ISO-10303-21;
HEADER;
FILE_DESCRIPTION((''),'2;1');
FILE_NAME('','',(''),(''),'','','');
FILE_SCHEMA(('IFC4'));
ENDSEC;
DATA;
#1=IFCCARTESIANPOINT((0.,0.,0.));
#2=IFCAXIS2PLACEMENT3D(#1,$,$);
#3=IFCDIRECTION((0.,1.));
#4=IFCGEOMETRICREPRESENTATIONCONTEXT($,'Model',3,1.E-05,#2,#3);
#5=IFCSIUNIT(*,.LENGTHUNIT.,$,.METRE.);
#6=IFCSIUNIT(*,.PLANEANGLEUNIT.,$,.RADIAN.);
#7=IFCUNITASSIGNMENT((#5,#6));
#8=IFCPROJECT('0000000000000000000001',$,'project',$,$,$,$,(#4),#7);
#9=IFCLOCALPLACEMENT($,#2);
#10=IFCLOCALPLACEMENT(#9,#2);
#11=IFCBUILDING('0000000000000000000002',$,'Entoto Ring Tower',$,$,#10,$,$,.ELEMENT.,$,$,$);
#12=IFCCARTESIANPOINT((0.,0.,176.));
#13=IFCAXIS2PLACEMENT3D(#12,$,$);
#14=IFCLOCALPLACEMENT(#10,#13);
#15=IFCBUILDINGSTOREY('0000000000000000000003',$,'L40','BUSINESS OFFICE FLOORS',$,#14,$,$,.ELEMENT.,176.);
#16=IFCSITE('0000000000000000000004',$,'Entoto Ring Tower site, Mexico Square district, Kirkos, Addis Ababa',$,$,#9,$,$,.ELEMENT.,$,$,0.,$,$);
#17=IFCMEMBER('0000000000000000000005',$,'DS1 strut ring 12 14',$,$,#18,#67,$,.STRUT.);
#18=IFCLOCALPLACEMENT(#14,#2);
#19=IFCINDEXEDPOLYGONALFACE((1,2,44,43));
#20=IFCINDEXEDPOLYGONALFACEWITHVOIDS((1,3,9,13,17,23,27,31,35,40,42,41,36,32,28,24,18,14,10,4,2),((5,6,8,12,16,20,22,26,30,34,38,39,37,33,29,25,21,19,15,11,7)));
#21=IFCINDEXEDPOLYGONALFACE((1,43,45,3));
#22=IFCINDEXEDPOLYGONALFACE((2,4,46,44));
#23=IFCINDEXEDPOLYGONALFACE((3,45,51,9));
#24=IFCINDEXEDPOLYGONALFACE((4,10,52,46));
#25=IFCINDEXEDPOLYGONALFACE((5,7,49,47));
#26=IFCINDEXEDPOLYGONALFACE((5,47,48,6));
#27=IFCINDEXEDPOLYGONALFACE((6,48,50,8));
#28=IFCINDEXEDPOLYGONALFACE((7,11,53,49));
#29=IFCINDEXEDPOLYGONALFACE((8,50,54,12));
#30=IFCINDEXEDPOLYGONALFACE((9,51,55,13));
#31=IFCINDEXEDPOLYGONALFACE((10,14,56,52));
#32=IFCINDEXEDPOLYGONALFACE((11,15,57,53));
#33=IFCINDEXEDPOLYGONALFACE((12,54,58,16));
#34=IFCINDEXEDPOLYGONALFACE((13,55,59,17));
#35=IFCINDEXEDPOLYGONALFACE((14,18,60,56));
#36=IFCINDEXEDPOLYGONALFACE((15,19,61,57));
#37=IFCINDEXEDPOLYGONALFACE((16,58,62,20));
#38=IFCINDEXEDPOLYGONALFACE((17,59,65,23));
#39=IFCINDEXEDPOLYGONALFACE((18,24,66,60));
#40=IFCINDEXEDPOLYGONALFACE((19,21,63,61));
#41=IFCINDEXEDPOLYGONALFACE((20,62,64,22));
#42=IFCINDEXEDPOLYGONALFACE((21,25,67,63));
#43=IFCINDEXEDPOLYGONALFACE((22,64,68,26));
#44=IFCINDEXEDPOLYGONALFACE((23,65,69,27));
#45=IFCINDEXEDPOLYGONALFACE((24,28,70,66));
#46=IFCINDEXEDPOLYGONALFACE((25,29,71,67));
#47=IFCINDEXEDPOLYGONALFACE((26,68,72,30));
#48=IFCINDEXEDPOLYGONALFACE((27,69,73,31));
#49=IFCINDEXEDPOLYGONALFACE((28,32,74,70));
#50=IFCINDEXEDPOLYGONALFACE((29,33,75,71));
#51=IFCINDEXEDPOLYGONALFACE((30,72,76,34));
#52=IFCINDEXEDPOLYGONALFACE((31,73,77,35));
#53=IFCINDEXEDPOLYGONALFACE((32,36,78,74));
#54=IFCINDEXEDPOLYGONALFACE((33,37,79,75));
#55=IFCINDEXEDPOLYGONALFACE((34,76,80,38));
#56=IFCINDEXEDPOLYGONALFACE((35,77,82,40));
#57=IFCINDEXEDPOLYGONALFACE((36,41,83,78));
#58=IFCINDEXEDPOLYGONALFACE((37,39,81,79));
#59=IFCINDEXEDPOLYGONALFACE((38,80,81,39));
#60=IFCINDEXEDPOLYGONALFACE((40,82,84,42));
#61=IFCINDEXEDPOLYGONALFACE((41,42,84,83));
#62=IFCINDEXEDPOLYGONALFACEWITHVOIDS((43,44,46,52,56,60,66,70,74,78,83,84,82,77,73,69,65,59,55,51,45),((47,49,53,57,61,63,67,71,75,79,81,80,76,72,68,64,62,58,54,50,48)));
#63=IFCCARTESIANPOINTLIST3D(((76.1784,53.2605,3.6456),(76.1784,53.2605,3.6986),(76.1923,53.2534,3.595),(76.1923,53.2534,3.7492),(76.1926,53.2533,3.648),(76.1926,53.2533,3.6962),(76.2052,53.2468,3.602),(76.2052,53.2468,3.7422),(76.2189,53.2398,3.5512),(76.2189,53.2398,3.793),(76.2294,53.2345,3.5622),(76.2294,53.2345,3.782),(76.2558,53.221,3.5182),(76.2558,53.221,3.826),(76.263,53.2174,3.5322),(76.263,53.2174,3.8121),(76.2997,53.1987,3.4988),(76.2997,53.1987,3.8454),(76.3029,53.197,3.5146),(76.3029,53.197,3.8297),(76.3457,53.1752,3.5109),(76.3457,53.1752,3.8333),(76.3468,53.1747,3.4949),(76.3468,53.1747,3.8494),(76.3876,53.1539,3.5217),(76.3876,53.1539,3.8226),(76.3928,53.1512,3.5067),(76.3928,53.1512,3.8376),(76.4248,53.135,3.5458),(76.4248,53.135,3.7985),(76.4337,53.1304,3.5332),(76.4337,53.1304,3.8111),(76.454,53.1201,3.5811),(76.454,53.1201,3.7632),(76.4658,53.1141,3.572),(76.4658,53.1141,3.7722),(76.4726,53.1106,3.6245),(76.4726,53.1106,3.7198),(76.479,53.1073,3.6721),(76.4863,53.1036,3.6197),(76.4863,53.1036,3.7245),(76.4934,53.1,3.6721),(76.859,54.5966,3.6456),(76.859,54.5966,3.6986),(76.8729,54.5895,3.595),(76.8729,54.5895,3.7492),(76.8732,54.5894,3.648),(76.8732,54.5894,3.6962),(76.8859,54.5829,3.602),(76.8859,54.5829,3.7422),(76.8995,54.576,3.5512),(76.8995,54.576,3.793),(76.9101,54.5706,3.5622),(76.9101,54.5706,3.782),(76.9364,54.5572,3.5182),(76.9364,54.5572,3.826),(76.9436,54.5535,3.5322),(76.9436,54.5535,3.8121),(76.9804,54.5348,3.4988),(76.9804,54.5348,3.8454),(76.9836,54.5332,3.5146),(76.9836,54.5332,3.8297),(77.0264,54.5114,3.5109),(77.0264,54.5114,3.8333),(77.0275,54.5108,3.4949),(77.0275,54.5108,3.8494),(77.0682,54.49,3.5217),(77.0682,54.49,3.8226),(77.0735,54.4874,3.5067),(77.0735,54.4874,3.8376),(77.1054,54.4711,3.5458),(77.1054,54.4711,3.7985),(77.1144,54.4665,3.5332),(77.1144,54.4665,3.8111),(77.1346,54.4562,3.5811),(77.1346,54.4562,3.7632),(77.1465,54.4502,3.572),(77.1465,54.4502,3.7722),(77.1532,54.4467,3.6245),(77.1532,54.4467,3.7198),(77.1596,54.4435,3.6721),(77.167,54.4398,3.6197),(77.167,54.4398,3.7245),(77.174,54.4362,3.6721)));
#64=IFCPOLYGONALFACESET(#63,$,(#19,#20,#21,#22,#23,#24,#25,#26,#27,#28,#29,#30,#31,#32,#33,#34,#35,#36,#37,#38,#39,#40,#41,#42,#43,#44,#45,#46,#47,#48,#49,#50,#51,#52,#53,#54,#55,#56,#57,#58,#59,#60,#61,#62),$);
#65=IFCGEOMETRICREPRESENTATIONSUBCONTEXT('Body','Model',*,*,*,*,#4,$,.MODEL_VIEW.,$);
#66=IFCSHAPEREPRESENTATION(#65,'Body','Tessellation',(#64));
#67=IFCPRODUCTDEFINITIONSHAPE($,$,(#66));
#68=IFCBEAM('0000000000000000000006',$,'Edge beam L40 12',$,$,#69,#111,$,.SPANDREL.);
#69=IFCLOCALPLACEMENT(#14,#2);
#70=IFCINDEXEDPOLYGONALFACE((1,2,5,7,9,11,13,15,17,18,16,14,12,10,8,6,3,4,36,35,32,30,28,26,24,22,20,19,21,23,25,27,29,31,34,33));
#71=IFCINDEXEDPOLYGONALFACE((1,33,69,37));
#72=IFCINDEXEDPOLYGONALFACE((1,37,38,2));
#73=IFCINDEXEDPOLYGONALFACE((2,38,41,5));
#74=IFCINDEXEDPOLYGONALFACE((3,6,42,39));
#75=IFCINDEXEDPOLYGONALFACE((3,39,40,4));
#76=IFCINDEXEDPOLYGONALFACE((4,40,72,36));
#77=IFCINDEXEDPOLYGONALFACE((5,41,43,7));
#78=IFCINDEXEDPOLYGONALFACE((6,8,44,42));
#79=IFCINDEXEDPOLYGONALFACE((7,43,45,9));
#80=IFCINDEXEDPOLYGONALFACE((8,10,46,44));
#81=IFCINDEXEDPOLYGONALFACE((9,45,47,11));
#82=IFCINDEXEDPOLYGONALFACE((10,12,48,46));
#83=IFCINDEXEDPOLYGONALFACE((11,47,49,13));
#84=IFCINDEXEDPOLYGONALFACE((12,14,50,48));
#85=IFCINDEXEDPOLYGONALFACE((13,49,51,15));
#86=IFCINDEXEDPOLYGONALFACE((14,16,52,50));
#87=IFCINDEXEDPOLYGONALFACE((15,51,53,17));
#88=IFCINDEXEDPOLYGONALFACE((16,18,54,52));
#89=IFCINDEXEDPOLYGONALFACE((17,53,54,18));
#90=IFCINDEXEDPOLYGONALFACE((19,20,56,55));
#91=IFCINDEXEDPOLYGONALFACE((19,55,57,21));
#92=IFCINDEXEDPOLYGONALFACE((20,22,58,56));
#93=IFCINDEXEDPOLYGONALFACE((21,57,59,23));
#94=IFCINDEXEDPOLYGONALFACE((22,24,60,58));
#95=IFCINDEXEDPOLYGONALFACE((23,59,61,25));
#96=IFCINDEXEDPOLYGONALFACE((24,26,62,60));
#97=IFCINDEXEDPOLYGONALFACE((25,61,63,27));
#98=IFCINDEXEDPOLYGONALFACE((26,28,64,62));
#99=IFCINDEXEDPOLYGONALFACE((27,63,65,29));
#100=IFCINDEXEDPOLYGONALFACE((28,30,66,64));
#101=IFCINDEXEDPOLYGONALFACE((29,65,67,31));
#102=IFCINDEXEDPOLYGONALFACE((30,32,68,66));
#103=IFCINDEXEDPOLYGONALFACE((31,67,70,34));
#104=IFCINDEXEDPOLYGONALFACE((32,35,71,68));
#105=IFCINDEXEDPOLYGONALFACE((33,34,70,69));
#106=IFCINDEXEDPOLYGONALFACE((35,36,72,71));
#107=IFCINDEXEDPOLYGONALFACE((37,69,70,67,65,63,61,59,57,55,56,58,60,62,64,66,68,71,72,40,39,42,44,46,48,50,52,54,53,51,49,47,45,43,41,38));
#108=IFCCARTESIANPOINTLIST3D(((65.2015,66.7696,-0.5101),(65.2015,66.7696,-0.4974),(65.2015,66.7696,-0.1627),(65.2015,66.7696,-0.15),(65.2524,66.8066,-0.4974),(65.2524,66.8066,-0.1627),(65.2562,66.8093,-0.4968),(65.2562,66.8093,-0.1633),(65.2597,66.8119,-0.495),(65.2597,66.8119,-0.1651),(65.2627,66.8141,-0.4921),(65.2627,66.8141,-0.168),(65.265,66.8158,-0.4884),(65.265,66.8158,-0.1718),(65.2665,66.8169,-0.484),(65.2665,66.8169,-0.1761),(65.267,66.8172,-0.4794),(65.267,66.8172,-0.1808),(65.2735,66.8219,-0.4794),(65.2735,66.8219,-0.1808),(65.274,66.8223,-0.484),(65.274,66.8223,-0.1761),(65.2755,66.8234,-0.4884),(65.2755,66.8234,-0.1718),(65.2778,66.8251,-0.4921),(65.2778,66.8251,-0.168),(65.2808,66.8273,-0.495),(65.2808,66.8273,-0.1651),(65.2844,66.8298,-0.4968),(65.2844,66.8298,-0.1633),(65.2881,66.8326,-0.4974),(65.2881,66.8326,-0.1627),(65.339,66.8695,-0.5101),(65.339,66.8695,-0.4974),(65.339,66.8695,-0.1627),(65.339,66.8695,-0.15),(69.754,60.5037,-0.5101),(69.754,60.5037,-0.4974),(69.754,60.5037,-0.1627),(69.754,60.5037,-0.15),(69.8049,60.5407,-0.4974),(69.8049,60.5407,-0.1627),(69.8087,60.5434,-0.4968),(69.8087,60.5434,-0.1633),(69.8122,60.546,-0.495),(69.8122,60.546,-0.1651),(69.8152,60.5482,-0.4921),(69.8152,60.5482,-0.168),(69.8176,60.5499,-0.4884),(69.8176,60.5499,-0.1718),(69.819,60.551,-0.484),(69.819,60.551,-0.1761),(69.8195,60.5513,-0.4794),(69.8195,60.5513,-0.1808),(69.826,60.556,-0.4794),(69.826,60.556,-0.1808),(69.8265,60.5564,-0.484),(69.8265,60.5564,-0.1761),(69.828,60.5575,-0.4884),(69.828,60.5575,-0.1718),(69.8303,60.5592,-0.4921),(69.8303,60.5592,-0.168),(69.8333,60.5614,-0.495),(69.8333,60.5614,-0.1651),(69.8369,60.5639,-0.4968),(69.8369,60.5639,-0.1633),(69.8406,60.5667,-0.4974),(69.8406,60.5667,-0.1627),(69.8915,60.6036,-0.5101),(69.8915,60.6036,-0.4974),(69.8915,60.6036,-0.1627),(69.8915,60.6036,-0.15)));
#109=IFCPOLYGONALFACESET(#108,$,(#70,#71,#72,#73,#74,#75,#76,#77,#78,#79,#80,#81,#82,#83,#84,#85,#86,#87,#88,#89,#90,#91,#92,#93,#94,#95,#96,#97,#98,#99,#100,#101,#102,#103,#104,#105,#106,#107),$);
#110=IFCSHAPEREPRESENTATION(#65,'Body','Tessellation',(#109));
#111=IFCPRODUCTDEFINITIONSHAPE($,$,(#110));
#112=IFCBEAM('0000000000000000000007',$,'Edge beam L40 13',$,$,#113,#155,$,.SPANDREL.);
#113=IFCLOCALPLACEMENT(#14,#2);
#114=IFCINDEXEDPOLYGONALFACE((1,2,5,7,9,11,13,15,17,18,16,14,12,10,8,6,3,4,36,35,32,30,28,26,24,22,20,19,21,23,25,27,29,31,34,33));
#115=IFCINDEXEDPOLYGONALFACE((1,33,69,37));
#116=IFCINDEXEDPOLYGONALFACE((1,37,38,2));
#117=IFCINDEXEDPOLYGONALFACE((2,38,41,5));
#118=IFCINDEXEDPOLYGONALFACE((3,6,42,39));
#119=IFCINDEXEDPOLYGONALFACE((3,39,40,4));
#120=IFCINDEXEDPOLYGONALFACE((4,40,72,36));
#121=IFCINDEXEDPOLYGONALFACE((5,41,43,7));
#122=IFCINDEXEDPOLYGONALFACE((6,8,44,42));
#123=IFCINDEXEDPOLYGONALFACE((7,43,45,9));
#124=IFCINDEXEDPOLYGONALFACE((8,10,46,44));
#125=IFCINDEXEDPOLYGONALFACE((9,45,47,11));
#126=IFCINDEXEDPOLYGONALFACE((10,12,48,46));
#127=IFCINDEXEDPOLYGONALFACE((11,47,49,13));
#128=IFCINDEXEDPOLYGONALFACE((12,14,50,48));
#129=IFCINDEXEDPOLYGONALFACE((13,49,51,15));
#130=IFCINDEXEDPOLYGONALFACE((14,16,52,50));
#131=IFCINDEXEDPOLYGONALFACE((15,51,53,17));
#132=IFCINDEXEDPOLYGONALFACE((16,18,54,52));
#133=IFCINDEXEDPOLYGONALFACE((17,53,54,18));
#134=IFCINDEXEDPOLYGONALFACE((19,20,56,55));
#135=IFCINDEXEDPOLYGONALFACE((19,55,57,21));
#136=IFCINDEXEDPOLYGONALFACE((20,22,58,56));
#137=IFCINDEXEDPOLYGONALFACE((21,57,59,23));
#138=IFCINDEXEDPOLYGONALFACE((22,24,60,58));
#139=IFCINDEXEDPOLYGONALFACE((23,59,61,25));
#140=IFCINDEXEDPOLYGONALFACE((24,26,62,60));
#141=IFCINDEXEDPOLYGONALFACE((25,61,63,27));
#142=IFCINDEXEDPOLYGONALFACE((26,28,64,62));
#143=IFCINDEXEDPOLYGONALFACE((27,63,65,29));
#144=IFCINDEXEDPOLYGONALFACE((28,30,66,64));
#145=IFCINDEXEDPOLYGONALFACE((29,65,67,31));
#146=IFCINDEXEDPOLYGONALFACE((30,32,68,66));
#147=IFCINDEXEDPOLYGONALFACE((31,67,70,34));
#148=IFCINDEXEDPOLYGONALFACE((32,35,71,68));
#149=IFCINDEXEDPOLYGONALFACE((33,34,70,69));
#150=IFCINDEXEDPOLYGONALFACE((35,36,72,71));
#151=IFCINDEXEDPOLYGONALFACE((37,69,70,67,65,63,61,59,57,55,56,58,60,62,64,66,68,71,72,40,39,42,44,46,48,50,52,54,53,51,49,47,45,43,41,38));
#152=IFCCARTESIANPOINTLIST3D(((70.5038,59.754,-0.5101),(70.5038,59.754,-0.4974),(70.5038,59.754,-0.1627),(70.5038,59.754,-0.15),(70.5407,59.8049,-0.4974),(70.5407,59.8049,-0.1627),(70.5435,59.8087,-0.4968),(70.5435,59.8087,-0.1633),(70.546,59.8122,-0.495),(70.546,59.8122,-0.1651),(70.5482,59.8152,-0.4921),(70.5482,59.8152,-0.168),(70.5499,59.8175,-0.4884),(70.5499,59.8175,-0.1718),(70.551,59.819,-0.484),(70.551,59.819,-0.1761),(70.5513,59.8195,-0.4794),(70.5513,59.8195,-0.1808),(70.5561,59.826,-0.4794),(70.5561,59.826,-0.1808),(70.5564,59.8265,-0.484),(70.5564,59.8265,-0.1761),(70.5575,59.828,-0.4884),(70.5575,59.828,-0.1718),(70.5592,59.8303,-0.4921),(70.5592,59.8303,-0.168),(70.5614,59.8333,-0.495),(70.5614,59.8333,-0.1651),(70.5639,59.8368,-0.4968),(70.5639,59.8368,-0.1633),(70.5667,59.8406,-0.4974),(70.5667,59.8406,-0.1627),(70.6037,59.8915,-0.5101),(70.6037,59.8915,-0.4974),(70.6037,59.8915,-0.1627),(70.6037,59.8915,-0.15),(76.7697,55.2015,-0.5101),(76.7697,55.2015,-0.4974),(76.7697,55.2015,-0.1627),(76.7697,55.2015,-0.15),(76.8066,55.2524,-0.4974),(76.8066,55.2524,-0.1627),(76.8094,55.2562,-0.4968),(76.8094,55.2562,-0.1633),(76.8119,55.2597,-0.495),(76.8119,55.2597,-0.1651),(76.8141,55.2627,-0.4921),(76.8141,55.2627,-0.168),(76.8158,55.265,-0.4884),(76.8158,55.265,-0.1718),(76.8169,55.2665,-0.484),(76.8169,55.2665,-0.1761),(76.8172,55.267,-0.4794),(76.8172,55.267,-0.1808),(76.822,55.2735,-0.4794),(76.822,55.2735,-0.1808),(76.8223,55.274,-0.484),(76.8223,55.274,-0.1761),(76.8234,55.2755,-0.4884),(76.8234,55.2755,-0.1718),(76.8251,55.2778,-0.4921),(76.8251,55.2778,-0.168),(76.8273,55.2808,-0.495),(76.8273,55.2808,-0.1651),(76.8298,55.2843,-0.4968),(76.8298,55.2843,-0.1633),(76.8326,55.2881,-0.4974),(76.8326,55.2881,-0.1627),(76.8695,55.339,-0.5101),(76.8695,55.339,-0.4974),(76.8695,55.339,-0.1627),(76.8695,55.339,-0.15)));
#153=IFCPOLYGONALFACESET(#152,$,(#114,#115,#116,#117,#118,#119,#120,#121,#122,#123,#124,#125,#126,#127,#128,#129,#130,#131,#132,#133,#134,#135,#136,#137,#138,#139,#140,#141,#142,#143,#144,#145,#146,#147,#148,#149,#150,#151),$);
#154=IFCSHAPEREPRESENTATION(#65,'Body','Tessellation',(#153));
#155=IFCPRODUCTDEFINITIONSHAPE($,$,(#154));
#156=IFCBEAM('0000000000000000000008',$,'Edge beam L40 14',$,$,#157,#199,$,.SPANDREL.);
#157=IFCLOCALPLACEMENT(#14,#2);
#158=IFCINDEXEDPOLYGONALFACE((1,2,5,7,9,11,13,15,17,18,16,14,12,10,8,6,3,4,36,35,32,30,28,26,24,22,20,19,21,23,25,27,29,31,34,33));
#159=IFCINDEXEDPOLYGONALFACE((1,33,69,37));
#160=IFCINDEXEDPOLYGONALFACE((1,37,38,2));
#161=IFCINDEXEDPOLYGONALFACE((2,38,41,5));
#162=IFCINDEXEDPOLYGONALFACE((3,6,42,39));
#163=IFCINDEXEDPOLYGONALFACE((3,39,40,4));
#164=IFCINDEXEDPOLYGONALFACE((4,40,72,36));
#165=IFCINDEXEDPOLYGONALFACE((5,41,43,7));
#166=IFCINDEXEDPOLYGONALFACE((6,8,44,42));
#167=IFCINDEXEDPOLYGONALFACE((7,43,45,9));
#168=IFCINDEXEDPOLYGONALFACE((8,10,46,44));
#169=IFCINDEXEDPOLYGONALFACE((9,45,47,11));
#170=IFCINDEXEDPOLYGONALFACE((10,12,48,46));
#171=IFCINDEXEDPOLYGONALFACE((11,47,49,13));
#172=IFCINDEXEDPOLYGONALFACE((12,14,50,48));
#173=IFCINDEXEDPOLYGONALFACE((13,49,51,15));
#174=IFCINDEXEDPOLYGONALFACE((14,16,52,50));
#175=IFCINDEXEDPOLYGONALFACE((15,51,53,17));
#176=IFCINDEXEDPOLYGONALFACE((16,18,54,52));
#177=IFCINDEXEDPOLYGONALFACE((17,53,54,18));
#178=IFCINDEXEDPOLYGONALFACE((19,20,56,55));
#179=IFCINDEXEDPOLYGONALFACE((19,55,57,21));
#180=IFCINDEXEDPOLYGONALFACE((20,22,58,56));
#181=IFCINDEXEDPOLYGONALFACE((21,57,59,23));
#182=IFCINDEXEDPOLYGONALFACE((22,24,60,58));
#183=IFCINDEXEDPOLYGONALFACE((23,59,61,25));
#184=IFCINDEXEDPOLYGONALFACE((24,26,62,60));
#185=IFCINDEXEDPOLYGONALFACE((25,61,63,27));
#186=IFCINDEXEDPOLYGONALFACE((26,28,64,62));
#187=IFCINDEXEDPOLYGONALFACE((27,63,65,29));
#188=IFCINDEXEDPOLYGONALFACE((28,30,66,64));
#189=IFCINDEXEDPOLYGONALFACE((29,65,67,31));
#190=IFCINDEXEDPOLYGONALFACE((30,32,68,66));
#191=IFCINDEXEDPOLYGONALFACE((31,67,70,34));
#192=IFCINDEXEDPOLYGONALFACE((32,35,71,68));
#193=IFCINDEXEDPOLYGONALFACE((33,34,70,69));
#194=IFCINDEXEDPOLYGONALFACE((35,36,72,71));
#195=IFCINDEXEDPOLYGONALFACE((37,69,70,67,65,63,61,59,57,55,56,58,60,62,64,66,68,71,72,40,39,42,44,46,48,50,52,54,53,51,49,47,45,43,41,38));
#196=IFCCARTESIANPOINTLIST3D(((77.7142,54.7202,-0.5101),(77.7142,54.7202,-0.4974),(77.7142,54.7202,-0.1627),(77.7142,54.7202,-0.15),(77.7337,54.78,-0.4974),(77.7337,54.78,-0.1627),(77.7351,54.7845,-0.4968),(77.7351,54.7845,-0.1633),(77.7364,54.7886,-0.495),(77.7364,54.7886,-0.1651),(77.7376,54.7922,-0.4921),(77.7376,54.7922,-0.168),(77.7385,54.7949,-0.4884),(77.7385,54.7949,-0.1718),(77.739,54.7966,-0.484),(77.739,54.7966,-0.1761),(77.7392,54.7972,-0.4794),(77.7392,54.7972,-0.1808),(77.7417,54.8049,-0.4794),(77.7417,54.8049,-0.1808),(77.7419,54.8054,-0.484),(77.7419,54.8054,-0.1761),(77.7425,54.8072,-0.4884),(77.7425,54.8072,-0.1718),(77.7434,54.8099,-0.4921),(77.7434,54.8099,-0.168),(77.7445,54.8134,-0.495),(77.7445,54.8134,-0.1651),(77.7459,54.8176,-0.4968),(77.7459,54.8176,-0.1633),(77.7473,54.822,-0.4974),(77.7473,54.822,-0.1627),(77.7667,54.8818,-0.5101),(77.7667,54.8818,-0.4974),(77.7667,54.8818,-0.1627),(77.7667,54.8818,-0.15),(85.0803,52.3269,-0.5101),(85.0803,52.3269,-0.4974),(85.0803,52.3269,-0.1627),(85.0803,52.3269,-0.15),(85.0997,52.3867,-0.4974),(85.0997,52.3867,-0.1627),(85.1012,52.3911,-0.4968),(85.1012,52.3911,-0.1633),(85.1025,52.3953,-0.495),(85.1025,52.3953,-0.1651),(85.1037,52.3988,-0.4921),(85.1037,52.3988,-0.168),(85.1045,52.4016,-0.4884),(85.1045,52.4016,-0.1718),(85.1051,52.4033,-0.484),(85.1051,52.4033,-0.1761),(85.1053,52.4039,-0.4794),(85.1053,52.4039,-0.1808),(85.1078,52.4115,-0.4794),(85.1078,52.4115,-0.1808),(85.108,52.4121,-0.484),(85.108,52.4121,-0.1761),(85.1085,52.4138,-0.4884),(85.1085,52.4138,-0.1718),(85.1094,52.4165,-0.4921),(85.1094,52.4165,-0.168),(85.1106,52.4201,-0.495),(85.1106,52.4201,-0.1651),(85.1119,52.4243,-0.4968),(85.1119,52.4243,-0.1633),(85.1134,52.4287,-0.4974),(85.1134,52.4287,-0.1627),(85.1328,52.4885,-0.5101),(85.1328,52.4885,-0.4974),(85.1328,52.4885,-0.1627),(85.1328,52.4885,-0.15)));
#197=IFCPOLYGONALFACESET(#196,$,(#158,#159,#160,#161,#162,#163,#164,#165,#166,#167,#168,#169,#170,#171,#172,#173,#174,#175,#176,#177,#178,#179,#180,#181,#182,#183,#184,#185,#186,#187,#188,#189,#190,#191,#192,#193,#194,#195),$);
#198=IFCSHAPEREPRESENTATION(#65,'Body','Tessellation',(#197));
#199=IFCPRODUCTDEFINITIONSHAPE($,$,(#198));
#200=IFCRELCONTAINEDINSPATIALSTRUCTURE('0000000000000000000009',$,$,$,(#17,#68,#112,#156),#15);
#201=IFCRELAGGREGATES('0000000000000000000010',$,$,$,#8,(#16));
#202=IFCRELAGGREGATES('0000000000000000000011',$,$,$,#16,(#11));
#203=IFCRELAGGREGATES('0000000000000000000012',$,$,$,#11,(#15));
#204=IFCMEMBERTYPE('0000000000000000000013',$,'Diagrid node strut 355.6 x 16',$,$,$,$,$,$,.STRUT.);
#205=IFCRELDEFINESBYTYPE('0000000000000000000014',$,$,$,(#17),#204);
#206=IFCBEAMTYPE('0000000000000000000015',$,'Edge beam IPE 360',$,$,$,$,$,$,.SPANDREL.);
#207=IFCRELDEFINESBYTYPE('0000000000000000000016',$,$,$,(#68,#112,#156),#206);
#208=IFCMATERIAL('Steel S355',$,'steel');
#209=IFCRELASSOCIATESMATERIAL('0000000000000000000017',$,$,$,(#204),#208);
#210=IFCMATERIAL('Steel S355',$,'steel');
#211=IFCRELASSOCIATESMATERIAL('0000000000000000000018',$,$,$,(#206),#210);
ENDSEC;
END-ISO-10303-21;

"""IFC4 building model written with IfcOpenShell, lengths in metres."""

from ifc_helpers import new_model, si_unit, direction, frame, origin, origin_2d, place, context, subcontext, project, spatial, circle, hollow_circle, i_section, extrude, material, material_profile, profile_set, type_object, element, save


model = new_model("IFC4")

# Units and contexts
model_context = context("Model", 3, precision=1e-05, world=origin(), true_north=direction((0.0, 1.0)))
body_context = subcontext(model_context, "Body", "Model", "MODEL_VIEW")
ifc_project = project(units=[si_unit("LENGTHUNIT", "METRE"), si_unit("PLANEANGLEUNIT", "RADIAN")], contexts=[model_context])

# Site, building, storey
site_placement = place(None, origin())
site = spatial("IfcSite", under=ifc_project, at=site_placement, Name="Entoto Ring Tower site, Mexico Square district, Kirkos, Addis Ababa", CompositionType="ELEMENT", RefElevation=0.0)
building_placement = place(site_placement, origin())
building = spatial("IfcBuilding", under=site, at=building_placement, Name="Entoto Ring Tower", CompositionType="ELEMENT")
storey_placement = place(building_placement, frame((0.0, 0.0, 176.0)))
storey = spatial("IfcBuildingStorey", under=building, at=storey_placement, Name="L40", Description="BUSINESS OFFICE FLOORS", CompositionType="ELEMENT", Elevation=176.0)

# Member
ifc_material_1 = material(Name="Steel S355", Category="steel")
ifc_material_profile_1 = material_profile(ifc_material_1, hollow_circle(Radius=0.1777, WallThickness=0.0161, at=origin_2d()), Name="CHS 355.6 x 16")
ifc_material_2 = material(Name="Concrete C60/75", Category="concrete")
ifc_material_profile_2 = material_profile(ifc_material_2, circle(Radius=0.1619, at=origin_2d()), Name="Concrete C60/75 infill")
ifc_profile_set_1 = profile_set([ifc_material_profile_1, ifc_material_profile_2], Name="Steel S355")
member_type = type_object("IfcMemberType", Name="Diagrid node strut 355.6 x 16", PredefinedType="STRUT", material=ifc_profile_set_1)
for number, where, z_axis, x_axis, name in (
    (1, (77.0156, 54.5168, 3.6721), (-0.453909, -0.891048, 0.0), (0.891048, -0.453909, 0.0), "DS1 strut ring 12 14"),
):
    element("IfcMember", number, at=place(storey_placement, frame(where, z_axis=z_axis, x_axis=x_axis)), inside=storey, type_object=member_type, Name=name, PredefinedType="STRUT", context=body_context, shape_type="SweptSolid", body=[
        extrude(hollow_circle(Radius=0.1777, WallThickness=0.0161, at=origin_2d()), origin(), (0.0, 0.0, 1.0), 1.4995),
    ])

# Beams
ifc_material_3 = material(Name="Steel S355", Category="steel")
ifc_material_profile_3 = material_profile(ifc_material_3, i_section(OverallWidth=0.1699, OverallDepth=0.3601, WebThickness=0.0081, FlangeThickness=0.0127, FilletRadius=0.0181, at=origin_2d()), Name="IPE 360")
ifc_profile_set_2 = profile_set([ifc_material_profile_3], Name="Steel S355")
beam_type = type_object("IfcBeamType", Name="Edge beam IPE 360", PredefinedType="SPANDREL", material=ifc_profile_set_2)
for number, where, z_axis, x_axis, name in (
    (2, (65.2703, 66.8196, -0.3301), (0.587791, -0.809013, 0.0), (0.809013, 0.587791, 0.0), "Edge beam L40 12"),
    (3, (70.5537, 59.8228, -0.3301), (0.809013, -0.587791, 0.0), (0.587791, 0.809013, 0.0), "Edge beam L40 13"),
    (4, (77.7405, 54.801, -0.3301), (0.951058, -0.309013, 0.0), (0.309013, 0.951058, 0.0), "Edge beam L40 14"),
):
    element("IfcBeam", number, at=place(storey_placement, frame(where, z_axis=z_axis, x_axis=x_axis)), inside=storey, type_object=beam_type, Name=name, PredefinedType="SPANDREL", context=body_context, shape_type="SweptSolid", body=[
        extrude(i_section(OverallWidth=0.1699, OverallDepth=0.3601, WebThickness=0.0081, FlangeThickness=0.0127, FilletRadius=0.0181, at=origin_2d()), origin(), (0.0, 0.0, 1.0), 7.7451),
    ])

save(model, "model.ifc")
